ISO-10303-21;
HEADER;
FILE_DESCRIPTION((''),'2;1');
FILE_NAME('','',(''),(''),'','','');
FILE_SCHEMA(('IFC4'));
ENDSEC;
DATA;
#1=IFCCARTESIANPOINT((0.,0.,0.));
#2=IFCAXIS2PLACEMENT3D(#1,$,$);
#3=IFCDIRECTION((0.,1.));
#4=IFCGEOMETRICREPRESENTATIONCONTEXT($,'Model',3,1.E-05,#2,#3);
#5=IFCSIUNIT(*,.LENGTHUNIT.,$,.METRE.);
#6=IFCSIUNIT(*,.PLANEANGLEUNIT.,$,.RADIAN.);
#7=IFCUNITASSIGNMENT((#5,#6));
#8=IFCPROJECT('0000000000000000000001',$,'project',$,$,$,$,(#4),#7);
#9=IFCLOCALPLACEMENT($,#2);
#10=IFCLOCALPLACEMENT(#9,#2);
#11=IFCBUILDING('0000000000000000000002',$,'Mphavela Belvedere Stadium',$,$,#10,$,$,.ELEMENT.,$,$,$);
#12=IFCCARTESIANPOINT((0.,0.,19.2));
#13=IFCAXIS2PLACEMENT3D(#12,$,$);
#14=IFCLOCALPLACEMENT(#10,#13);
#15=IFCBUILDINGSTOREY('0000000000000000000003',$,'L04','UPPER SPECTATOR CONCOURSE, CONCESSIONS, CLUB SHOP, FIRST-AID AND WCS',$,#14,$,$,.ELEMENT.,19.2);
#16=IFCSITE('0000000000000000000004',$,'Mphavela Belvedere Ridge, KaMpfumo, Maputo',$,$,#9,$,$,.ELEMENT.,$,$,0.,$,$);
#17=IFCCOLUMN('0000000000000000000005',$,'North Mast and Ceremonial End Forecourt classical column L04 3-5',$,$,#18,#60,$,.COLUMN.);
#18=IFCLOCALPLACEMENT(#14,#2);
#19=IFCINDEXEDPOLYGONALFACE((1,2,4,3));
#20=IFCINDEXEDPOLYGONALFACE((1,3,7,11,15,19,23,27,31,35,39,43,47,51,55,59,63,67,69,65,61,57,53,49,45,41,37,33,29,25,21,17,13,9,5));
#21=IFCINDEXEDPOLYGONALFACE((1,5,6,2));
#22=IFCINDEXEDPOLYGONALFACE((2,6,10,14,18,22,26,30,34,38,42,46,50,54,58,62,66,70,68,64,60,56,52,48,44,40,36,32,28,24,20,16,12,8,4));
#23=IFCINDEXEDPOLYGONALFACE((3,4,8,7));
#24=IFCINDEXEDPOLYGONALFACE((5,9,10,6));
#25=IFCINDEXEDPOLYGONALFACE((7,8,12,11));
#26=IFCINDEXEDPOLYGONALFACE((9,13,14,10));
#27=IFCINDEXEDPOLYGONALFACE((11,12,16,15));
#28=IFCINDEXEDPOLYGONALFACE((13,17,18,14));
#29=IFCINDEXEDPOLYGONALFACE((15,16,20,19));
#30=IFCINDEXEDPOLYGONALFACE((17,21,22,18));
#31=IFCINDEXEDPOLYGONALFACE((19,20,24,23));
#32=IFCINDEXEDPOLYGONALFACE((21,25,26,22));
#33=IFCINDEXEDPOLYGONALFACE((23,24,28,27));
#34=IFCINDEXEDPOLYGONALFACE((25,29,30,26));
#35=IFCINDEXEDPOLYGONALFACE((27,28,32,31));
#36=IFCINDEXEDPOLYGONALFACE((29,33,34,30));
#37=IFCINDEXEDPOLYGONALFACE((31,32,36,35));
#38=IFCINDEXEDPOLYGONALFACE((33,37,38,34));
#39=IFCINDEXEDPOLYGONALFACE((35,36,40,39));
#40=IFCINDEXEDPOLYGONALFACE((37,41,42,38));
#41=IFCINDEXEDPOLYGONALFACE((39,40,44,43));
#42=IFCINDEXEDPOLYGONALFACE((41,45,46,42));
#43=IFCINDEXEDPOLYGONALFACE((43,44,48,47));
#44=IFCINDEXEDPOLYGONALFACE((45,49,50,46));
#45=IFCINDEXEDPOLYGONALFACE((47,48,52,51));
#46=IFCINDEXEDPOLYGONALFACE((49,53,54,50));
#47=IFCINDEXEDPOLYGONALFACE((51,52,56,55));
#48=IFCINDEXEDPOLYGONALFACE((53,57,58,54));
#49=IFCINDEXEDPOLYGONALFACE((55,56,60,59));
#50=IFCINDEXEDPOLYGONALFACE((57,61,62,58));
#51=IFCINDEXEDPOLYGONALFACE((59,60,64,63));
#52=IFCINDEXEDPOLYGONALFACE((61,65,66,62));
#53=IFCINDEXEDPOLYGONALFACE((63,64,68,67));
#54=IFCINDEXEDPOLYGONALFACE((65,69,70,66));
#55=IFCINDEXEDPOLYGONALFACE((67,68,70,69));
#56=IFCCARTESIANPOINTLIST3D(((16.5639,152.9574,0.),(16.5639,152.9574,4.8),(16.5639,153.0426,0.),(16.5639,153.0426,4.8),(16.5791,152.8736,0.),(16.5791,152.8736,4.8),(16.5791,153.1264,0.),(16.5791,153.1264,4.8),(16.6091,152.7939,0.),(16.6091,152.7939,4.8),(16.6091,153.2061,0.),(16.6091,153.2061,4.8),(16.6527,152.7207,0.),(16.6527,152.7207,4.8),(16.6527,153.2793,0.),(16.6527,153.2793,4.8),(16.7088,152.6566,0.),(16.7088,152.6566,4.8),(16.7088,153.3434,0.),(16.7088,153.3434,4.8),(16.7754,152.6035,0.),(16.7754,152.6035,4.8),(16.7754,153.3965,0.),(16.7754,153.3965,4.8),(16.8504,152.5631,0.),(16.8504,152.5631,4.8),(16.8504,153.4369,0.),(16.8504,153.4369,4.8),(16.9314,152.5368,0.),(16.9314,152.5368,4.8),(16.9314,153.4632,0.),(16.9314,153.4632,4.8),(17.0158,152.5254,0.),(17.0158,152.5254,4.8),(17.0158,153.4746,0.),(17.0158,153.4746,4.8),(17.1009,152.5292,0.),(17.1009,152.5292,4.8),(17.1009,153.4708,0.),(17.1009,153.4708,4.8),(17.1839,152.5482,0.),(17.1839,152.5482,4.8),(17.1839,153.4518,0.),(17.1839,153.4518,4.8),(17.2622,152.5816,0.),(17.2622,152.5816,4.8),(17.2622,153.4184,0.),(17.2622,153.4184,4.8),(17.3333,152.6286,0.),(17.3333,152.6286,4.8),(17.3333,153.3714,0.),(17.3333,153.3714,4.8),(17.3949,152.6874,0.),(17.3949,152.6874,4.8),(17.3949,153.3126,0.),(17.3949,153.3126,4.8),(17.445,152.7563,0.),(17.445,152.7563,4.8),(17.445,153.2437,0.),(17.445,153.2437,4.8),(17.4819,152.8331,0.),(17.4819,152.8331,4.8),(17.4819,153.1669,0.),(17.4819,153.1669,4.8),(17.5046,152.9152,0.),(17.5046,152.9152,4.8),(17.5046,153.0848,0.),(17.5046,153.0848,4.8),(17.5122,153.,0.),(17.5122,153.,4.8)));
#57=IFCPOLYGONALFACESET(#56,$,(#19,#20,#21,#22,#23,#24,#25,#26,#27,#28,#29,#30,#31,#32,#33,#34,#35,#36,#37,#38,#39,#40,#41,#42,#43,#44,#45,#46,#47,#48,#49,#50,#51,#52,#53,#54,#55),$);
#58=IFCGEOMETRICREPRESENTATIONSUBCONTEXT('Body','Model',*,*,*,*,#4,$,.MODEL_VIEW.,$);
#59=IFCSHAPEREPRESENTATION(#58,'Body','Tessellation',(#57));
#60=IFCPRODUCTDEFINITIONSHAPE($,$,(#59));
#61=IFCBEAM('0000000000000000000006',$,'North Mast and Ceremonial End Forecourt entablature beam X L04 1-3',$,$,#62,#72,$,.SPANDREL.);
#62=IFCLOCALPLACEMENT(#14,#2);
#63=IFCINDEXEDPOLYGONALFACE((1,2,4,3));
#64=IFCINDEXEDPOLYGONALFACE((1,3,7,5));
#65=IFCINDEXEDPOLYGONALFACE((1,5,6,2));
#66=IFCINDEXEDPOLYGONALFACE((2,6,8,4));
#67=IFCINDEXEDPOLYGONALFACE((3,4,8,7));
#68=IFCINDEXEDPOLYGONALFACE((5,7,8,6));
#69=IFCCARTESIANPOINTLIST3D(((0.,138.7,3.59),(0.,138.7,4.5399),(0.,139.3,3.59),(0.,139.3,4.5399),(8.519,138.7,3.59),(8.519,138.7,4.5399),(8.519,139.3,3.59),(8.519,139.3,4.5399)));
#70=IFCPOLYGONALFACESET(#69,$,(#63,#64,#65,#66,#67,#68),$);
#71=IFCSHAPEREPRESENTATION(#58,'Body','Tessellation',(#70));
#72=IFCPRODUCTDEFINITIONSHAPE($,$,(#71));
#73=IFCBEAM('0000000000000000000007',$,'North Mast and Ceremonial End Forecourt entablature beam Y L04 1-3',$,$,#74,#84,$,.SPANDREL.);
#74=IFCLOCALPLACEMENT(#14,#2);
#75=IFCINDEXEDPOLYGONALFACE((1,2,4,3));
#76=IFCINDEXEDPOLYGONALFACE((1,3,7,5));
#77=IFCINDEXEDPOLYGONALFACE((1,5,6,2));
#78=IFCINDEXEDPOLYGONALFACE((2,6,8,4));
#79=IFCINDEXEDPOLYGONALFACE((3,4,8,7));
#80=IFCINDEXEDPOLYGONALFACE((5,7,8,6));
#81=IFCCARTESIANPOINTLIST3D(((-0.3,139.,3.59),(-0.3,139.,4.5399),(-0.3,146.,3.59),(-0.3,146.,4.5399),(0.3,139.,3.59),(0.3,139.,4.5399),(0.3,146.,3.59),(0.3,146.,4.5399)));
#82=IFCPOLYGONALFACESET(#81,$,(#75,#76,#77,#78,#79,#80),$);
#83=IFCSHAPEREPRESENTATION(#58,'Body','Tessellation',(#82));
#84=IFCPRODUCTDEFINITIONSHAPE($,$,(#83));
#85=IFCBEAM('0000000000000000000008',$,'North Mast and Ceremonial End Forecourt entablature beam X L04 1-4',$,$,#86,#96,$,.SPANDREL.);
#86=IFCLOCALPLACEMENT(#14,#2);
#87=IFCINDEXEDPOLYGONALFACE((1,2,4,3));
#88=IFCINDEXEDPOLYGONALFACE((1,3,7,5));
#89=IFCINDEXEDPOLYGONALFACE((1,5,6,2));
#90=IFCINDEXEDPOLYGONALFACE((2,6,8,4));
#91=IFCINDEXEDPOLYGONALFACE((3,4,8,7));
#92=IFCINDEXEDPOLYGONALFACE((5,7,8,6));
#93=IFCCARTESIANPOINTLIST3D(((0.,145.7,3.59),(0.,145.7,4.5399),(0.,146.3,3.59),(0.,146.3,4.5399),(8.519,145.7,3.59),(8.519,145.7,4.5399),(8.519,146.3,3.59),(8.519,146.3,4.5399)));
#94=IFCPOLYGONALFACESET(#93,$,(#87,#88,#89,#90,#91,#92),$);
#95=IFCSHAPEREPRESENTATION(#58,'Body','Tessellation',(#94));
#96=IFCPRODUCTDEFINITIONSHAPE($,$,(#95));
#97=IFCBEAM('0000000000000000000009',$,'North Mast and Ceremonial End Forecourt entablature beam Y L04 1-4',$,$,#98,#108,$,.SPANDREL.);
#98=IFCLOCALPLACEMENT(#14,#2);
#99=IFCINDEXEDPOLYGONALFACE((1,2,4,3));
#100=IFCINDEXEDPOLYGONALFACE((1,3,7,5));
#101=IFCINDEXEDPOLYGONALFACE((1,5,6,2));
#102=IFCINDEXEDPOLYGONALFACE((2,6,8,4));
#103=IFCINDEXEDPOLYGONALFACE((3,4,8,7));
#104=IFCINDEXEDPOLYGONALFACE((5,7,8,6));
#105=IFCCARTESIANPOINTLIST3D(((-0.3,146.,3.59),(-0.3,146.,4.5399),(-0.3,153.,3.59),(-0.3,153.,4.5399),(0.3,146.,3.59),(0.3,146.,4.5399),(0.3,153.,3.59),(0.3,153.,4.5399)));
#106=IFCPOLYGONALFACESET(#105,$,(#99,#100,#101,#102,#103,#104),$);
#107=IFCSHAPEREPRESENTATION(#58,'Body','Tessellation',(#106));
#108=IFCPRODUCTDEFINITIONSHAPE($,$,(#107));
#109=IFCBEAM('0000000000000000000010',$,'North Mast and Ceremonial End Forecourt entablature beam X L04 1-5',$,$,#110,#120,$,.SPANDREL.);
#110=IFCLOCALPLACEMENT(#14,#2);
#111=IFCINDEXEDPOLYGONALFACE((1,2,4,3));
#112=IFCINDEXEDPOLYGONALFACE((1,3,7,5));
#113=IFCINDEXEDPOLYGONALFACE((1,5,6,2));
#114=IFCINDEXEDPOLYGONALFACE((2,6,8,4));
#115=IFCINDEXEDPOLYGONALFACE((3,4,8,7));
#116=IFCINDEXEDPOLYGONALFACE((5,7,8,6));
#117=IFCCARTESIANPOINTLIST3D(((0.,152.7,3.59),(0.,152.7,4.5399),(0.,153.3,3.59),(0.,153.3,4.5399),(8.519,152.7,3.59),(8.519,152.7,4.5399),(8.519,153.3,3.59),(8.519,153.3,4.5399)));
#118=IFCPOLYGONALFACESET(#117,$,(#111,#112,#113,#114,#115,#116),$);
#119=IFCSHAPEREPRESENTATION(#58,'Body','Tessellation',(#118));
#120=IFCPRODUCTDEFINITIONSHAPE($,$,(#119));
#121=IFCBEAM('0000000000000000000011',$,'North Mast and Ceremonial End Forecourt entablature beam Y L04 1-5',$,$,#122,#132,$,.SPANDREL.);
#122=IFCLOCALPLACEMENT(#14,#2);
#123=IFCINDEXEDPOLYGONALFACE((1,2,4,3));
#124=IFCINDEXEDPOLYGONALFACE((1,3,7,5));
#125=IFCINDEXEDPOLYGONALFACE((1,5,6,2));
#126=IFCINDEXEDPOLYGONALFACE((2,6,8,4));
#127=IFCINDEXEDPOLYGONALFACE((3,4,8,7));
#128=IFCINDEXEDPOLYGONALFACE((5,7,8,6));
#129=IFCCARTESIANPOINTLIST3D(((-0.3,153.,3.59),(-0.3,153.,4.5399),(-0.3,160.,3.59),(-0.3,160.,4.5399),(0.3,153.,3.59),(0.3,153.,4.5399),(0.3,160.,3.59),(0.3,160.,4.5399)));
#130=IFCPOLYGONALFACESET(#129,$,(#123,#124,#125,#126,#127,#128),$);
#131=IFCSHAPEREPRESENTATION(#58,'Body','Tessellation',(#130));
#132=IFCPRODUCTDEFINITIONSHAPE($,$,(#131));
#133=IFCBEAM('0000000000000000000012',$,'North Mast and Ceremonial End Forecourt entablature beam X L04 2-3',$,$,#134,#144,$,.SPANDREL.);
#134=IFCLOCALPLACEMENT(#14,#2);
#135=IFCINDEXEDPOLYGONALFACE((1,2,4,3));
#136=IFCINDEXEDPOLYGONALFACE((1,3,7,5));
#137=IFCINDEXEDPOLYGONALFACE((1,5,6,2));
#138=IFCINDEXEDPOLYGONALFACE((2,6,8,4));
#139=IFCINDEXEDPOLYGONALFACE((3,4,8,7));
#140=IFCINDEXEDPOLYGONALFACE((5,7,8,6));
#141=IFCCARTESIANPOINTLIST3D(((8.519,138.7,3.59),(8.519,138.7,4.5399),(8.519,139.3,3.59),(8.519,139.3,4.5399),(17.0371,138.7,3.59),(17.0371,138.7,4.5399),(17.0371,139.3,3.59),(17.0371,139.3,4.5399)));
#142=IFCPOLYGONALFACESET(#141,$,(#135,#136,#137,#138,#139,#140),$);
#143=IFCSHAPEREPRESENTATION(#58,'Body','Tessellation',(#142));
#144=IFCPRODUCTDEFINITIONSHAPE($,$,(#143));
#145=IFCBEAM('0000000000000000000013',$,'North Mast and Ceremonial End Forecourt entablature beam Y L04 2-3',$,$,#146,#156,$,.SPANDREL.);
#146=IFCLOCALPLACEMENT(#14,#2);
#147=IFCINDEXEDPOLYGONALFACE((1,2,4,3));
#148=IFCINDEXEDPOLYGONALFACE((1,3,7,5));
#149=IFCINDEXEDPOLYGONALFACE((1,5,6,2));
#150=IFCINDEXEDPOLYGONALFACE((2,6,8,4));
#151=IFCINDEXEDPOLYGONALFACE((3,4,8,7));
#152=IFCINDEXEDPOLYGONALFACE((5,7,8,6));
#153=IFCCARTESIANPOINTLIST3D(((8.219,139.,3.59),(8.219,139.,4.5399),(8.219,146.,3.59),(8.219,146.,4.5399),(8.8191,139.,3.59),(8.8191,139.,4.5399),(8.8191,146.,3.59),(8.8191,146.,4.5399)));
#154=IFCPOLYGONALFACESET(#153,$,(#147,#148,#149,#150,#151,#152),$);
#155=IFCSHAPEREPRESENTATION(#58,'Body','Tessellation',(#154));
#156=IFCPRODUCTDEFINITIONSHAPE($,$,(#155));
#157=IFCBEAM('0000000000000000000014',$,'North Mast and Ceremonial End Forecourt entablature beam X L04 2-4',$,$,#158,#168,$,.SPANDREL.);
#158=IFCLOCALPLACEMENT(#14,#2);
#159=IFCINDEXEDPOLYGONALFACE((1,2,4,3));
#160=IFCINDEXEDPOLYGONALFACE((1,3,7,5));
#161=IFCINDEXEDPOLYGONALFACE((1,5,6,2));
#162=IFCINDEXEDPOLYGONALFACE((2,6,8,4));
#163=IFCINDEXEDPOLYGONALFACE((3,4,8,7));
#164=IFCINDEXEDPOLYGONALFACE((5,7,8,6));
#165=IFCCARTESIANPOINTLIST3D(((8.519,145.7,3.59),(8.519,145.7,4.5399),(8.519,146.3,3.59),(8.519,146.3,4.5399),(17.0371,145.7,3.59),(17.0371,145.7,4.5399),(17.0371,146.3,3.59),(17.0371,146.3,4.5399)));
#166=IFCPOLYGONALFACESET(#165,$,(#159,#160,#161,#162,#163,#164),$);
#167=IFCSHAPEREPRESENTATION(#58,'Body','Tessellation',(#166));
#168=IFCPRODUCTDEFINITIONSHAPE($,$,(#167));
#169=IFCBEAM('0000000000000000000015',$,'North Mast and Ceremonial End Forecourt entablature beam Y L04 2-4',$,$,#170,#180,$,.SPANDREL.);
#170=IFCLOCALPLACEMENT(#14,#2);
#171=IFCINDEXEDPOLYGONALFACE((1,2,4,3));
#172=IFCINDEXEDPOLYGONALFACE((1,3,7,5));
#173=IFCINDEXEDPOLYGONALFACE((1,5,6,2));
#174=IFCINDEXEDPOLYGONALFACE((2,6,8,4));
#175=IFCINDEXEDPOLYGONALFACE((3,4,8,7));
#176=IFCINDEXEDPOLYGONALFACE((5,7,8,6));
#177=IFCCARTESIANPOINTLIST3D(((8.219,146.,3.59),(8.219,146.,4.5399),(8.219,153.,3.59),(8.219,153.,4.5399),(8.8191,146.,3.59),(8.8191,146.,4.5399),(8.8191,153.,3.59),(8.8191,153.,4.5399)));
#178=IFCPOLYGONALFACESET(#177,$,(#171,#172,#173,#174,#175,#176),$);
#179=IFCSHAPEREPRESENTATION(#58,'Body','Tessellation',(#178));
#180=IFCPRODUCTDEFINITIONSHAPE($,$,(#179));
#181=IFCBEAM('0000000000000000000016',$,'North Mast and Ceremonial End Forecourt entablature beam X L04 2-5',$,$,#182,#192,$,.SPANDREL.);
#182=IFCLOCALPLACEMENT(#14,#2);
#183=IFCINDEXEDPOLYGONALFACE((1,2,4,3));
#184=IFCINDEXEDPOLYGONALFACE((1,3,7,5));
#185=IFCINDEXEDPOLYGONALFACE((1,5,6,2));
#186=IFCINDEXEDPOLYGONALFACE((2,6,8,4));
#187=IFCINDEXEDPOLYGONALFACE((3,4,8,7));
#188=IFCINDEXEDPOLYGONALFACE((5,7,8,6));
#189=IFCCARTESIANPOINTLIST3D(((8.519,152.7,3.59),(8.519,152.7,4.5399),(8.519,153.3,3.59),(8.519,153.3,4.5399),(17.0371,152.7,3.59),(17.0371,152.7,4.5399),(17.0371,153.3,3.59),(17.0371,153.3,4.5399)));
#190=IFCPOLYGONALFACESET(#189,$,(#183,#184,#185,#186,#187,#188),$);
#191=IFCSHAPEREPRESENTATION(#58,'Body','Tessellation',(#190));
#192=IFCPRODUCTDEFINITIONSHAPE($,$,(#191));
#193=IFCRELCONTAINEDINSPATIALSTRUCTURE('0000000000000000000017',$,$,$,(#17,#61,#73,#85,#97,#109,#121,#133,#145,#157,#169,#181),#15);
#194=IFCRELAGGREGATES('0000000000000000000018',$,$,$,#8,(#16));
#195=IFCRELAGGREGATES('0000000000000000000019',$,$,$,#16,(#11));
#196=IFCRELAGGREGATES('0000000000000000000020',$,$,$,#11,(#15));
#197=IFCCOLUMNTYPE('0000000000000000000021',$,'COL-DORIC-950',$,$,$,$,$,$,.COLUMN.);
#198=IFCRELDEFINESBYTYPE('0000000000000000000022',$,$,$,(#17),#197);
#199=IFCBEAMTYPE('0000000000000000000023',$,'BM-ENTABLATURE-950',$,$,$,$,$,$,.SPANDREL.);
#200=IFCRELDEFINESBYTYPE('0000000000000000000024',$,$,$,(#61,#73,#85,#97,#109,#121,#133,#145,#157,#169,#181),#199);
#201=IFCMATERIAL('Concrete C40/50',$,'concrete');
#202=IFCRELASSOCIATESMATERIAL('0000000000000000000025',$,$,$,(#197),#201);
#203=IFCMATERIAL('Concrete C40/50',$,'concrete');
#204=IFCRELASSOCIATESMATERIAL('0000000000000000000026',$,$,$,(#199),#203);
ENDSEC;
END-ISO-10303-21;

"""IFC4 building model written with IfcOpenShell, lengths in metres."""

from ifc_helpers import new_model, si_unit, direction, frame, origin, origin_2d, place, context, subcontext, project, spatial, rectangle, circle, extrude, material, material_profile, profile_set, type_object, element, save


model = new_model("IFC4")

# Units and contexts
model_context = context("Model", 3, precision=1e-05, world=origin(), true_north=direction((0.0, 1.0)))
body_context = subcontext(model_context, "Body", "Model", "MODEL_VIEW")
ifc_project = project(units=[si_unit("LENGTHUNIT", "METRE"), si_unit("PLANEANGLEUNIT", "RADIAN")], contexts=[model_context])

# Site, building, storey
site_placement = place(None, origin())
site = spatial("IfcSite", under=ifc_project, at=site_placement, Name="Mphavela Belvedere Ridge, KaMpfumo, Maputo", CompositionType="ELEMENT", RefElevation=0.0)
building_placement = place(site_placement, origin())
building = spatial("IfcBuilding", under=site, at=building_placement, Name="Mphavela Belvedere Stadium", CompositionType="ELEMENT")
storey_placement = place(building_placement, frame((0.0, 0.0, 19.2)))
storey = spatial("IfcBuildingStorey", under=building, at=storey_placement, Name="L04", Description="UPPER SPECTATOR CONCOURSE, CONCESSIONS, CLUB SHOP, FIRST-AID AND WCS", CompositionType="ELEMENT", Elevation=19.2)

# Column
ifc_material_1 = material(Name="Concrete C40/50", Category="concrete")
ifc_material_profile_1 = material_profile(ifc_material_1, circle(Radius=0.4751, at=origin_2d()), Name="COL D950")
ifc_profile_set_1 = profile_set([ifc_material_profile_1], Name="Concrete C40/50")
column_type = type_object("IfcColumnType", Name="COL-DORIC-950", PredefinedType="COLUMN", material=ifc_profile_set_1)
for number, where, z_axis, x_axis, name in (
    (1, (17.0371, 153.0, 0.0), (0.0, 0.0, 1.0), (1.0, 0.0, 0.0), "North Mast and Ceremonial End Forecourt classical column L04 3-5"),
):
    element("IfcColumn", number, at=place(storey_placement, frame(where, z_axis=z_axis, x_axis=x_axis)), inside=storey, type_object=column_type, Name=name, PredefinedType="COLUMN", context=body_context, shape_type="SweptSolid", body=[
        extrude(circle(Radius=0.4751, at=origin_2d()), origin(), (0.0, 0.0, 1.0), 4.8),
    ])

# Beams
ifc_material_2 = material(Name="Concrete C40/50", Category="concrete")
ifc_material_profile_2 = material_profile(ifc_material_2, rectangle(XDim=0.6001, YDim=0.95, at=origin_2d()), Name="RC 600x950")
ifc_profile_set_2 = profile_set([ifc_material_profile_2], Name="Concrete C40/50")
beam_type_1 = type_object("IfcBeamType", Name="BM-ENTABLATURE-950", PredefinedType="SPANDREL", material=ifc_profile_set_2)
beam_1_placement = place(storey_placement, frame((0.0, 139.0, 4.0649), z_axis=(1.0, 0.0, 0.0), x_axis=(0.0, 1.0, 0.0)))
element("IfcBeam", 2, at=beam_1_placement, inside=storey, type_object=beam_type_1, Name="North Mast and Ceremonial End Forecourt entablature beam X L04 1-3", PredefinedType="SPANDREL", context=body_context, shape_type="SweptSolid", body=[
    extrude(rectangle(XDim=0.6001, YDim=0.95, at=origin_2d()), origin(), (0.0, 0.0, 1.0), 8.519),
])
beam_2_placement = place(storey_placement, frame((0.0, 139.0, 4.0649), z_axis=(0.0, 1.0, 0.0), x_axis=(-1.0, 0.0, 0.0)))
element("IfcBeam", 3, at=beam_2_placement, inside=storey, type_object=beam_type_1, Name="North Mast and Ceremonial End Forecourt entablature beam Y L04 1-3", PredefinedType="SPANDREL", context=body_context, shape_type="SweptSolid", body=[
    extrude(rectangle(XDim=0.6001, YDim=0.95, at=origin_2d()), origin(), (0.0, 0.0, 1.0), 7.0),
])
beam_3_placement = place(storey_placement, frame((0.0, 146.0, 4.0649), z_axis=(1.0, 0.0, 0.0), x_axis=(0.0, 1.0, 0.0)))
element("IfcBeam", 4, at=beam_3_placement, inside=storey, type_object=beam_type_1, Name="North Mast and Ceremonial End Forecourt entablature beam X L04 1-4", PredefinedType="SPANDREL", context=body_context, shape_type="SweptSolid", body=[
    extrude(rectangle(XDim=0.6001, YDim=0.95, at=origin_2d()), origin(), (0.0, 0.0, 1.0), 8.519),
])
beam_4_placement = place(storey_placement, frame((0.0, 146.0, 4.0649), z_axis=(0.0, 1.0, 0.0), x_axis=(-1.0, 0.0, 0.0)))
element("IfcBeam", 5, at=beam_4_placement, inside=storey, type_object=beam_type_1, Name="North Mast and Ceremonial End Forecourt entablature beam Y L04 1-4", PredefinedType="SPANDREL", context=body_context, shape_type="SweptSolid", body=[
    extrude(rectangle(XDim=0.6001, YDim=0.95, at=origin_2d()), origin(), (0.0, 0.0, 1.0), 7.0),
])
beam_5_placement = place(storey_placement, frame((0.0, 153.0, 4.0649), z_axis=(1.0, 0.0, 0.0), x_axis=(0.0, 1.0, 0.0)))
element("IfcBeam", 6, at=beam_5_placement, inside=storey, type_object=beam_type_1, Name="North Mast and Ceremonial End Forecourt entablature beam X L04 1-5", PredefinedType="SPANDREL", context=body_context, shape_type="SweptSolid", body=[
    extrude(rectangle(XDim=0.6001, YDim=0.95, at=origin_2d()), origin(), (0.0, 0.0, 1.0), 8.519),
])
beam_6_placement = place(storey_placement, frame((0.0, 153.0, 4.0649), z_axis=(0.0, 1.0, 0.0), x_axis=(-1.0, 0.0, 0.0)))
element("IfcBeam", 7, at=beam_6_placement, inside=storey, type_object=beam_type_1, Name="North Mast and Ceremonial End Forecourt entablature beam Y L04 1-5", PredefinedType="SPANDREL", context=body_context, shape_type="SweptSolid", body=[
    extrude(rectangle(XDim=0.6001, YDim=0.95, at=origin_2d()), origin(), (0.0, 0.0, 1.0), 7.0),
])
beam_7_placement = place(storey_placement, frame((8.519, 139.0, 4.0649), z_axis=(1.0, 0.0, 0.0), x_axis=(0.0, 1.0, 0.0)))
element("IfcBeam", 8, at=beam_7_placement, inside=storey, type_object=beam_type_1, Name="North Mast and Ceremonial End Forecourt entablature beam X L04 2-3", PredefinedType="SPANDREL", context=body_context, shape_type="SweptSolid", body=[
    extrude(rectangle(XDim=0.6001, YDim=0.95, at=origin_2d()), origin(), (0.0, 0.0, 1.0), 8.5181),
])
beam_8_placement = place(storey_placement, frame((8.519, 139.0, 4.0649), z_axis=(0.0, 1.0, 0.0), x_axis=(-1.0, 0.0, 0.0)))
element("IfcBeam", 9, at=beam_8_placement, inside=storey, type_object=beam_type_1, Name="North Mast and Ceremonial End Forecourt entablature beam Y L04 2-3", PredefinedType="SPANDREL", context=body_context, shape_type="SweptSolid", body=[
    extrude(rectangle(XDim=0.6001, YDim=0.95, at=origin_2d()), origin(), (0.0, 0.0, 1.0), 7.0),
])
beam_9_placement = place(storey_placement, frame((8.519, 146.0, 4.0649), z_axis=(1.0, 0.0, 0.0), x_axis=(0.0, 1.0, 0.0)))
element("IfcBeam", 10, at=beam_9_placement, inside=storey, type_object=beam_type_1, Name="North Mast and Ceremonial End Forecourt entablature beam X L04 2-4", PredefinedType="SPANDREL", context=body_context, shape_type="SweptSolid", body=[
    extrude(rectangle(XDim=0.6001, YDim=0.95, at=origin_2d()), origin(), (0.0, 0.0, 1.0), 8.5181),
])
beam_10_placement = place(storey_placement, frame((8.519, 146.0, 4.0649), z_axis=(0.0, 1.0, 0.0), x_axis=(-1.0, 0.0, 0.0)))
element("IfcBeam", 11, at=beam_10_placement, inside=storey, type_object=beam_type_1, Name="North Mast and Ceremonial End Forecourt entablature beam Y L04 2-4", PredefinedType="SPANDREL", context=body_context, shape_type="SweptSolid", body=[
    extrude(rectangle(XDim=0.6001, YDim=0.95, at=origin_2d()), origin(), (0.0, 0.0, 1.0), 7.0),
])
beam_11_placement = place(storey_placement, frame((8.519, 153.0, 4.0649), z_axis=(1.0, 0.0, 0.0), x_axis=(0.0, 1.0, 0.0)))
element("IfcBeam", 12, at=beam_11_placement, inside=storey, type_object=beam_type_1, Name="North Mast and Ceremonial End Forecourt entablature beam X L04 2-5", PredefinedType="SPANDREL", context=body_context, shape_type="SweptSolid", body=[
    extrude(rectangle(XDim=0.6001, YDim=0.95, at=origin_2d()), origin(), (0.0, 0.0, 1.0), 8.5181),
])

save(model, "model.ifc")
